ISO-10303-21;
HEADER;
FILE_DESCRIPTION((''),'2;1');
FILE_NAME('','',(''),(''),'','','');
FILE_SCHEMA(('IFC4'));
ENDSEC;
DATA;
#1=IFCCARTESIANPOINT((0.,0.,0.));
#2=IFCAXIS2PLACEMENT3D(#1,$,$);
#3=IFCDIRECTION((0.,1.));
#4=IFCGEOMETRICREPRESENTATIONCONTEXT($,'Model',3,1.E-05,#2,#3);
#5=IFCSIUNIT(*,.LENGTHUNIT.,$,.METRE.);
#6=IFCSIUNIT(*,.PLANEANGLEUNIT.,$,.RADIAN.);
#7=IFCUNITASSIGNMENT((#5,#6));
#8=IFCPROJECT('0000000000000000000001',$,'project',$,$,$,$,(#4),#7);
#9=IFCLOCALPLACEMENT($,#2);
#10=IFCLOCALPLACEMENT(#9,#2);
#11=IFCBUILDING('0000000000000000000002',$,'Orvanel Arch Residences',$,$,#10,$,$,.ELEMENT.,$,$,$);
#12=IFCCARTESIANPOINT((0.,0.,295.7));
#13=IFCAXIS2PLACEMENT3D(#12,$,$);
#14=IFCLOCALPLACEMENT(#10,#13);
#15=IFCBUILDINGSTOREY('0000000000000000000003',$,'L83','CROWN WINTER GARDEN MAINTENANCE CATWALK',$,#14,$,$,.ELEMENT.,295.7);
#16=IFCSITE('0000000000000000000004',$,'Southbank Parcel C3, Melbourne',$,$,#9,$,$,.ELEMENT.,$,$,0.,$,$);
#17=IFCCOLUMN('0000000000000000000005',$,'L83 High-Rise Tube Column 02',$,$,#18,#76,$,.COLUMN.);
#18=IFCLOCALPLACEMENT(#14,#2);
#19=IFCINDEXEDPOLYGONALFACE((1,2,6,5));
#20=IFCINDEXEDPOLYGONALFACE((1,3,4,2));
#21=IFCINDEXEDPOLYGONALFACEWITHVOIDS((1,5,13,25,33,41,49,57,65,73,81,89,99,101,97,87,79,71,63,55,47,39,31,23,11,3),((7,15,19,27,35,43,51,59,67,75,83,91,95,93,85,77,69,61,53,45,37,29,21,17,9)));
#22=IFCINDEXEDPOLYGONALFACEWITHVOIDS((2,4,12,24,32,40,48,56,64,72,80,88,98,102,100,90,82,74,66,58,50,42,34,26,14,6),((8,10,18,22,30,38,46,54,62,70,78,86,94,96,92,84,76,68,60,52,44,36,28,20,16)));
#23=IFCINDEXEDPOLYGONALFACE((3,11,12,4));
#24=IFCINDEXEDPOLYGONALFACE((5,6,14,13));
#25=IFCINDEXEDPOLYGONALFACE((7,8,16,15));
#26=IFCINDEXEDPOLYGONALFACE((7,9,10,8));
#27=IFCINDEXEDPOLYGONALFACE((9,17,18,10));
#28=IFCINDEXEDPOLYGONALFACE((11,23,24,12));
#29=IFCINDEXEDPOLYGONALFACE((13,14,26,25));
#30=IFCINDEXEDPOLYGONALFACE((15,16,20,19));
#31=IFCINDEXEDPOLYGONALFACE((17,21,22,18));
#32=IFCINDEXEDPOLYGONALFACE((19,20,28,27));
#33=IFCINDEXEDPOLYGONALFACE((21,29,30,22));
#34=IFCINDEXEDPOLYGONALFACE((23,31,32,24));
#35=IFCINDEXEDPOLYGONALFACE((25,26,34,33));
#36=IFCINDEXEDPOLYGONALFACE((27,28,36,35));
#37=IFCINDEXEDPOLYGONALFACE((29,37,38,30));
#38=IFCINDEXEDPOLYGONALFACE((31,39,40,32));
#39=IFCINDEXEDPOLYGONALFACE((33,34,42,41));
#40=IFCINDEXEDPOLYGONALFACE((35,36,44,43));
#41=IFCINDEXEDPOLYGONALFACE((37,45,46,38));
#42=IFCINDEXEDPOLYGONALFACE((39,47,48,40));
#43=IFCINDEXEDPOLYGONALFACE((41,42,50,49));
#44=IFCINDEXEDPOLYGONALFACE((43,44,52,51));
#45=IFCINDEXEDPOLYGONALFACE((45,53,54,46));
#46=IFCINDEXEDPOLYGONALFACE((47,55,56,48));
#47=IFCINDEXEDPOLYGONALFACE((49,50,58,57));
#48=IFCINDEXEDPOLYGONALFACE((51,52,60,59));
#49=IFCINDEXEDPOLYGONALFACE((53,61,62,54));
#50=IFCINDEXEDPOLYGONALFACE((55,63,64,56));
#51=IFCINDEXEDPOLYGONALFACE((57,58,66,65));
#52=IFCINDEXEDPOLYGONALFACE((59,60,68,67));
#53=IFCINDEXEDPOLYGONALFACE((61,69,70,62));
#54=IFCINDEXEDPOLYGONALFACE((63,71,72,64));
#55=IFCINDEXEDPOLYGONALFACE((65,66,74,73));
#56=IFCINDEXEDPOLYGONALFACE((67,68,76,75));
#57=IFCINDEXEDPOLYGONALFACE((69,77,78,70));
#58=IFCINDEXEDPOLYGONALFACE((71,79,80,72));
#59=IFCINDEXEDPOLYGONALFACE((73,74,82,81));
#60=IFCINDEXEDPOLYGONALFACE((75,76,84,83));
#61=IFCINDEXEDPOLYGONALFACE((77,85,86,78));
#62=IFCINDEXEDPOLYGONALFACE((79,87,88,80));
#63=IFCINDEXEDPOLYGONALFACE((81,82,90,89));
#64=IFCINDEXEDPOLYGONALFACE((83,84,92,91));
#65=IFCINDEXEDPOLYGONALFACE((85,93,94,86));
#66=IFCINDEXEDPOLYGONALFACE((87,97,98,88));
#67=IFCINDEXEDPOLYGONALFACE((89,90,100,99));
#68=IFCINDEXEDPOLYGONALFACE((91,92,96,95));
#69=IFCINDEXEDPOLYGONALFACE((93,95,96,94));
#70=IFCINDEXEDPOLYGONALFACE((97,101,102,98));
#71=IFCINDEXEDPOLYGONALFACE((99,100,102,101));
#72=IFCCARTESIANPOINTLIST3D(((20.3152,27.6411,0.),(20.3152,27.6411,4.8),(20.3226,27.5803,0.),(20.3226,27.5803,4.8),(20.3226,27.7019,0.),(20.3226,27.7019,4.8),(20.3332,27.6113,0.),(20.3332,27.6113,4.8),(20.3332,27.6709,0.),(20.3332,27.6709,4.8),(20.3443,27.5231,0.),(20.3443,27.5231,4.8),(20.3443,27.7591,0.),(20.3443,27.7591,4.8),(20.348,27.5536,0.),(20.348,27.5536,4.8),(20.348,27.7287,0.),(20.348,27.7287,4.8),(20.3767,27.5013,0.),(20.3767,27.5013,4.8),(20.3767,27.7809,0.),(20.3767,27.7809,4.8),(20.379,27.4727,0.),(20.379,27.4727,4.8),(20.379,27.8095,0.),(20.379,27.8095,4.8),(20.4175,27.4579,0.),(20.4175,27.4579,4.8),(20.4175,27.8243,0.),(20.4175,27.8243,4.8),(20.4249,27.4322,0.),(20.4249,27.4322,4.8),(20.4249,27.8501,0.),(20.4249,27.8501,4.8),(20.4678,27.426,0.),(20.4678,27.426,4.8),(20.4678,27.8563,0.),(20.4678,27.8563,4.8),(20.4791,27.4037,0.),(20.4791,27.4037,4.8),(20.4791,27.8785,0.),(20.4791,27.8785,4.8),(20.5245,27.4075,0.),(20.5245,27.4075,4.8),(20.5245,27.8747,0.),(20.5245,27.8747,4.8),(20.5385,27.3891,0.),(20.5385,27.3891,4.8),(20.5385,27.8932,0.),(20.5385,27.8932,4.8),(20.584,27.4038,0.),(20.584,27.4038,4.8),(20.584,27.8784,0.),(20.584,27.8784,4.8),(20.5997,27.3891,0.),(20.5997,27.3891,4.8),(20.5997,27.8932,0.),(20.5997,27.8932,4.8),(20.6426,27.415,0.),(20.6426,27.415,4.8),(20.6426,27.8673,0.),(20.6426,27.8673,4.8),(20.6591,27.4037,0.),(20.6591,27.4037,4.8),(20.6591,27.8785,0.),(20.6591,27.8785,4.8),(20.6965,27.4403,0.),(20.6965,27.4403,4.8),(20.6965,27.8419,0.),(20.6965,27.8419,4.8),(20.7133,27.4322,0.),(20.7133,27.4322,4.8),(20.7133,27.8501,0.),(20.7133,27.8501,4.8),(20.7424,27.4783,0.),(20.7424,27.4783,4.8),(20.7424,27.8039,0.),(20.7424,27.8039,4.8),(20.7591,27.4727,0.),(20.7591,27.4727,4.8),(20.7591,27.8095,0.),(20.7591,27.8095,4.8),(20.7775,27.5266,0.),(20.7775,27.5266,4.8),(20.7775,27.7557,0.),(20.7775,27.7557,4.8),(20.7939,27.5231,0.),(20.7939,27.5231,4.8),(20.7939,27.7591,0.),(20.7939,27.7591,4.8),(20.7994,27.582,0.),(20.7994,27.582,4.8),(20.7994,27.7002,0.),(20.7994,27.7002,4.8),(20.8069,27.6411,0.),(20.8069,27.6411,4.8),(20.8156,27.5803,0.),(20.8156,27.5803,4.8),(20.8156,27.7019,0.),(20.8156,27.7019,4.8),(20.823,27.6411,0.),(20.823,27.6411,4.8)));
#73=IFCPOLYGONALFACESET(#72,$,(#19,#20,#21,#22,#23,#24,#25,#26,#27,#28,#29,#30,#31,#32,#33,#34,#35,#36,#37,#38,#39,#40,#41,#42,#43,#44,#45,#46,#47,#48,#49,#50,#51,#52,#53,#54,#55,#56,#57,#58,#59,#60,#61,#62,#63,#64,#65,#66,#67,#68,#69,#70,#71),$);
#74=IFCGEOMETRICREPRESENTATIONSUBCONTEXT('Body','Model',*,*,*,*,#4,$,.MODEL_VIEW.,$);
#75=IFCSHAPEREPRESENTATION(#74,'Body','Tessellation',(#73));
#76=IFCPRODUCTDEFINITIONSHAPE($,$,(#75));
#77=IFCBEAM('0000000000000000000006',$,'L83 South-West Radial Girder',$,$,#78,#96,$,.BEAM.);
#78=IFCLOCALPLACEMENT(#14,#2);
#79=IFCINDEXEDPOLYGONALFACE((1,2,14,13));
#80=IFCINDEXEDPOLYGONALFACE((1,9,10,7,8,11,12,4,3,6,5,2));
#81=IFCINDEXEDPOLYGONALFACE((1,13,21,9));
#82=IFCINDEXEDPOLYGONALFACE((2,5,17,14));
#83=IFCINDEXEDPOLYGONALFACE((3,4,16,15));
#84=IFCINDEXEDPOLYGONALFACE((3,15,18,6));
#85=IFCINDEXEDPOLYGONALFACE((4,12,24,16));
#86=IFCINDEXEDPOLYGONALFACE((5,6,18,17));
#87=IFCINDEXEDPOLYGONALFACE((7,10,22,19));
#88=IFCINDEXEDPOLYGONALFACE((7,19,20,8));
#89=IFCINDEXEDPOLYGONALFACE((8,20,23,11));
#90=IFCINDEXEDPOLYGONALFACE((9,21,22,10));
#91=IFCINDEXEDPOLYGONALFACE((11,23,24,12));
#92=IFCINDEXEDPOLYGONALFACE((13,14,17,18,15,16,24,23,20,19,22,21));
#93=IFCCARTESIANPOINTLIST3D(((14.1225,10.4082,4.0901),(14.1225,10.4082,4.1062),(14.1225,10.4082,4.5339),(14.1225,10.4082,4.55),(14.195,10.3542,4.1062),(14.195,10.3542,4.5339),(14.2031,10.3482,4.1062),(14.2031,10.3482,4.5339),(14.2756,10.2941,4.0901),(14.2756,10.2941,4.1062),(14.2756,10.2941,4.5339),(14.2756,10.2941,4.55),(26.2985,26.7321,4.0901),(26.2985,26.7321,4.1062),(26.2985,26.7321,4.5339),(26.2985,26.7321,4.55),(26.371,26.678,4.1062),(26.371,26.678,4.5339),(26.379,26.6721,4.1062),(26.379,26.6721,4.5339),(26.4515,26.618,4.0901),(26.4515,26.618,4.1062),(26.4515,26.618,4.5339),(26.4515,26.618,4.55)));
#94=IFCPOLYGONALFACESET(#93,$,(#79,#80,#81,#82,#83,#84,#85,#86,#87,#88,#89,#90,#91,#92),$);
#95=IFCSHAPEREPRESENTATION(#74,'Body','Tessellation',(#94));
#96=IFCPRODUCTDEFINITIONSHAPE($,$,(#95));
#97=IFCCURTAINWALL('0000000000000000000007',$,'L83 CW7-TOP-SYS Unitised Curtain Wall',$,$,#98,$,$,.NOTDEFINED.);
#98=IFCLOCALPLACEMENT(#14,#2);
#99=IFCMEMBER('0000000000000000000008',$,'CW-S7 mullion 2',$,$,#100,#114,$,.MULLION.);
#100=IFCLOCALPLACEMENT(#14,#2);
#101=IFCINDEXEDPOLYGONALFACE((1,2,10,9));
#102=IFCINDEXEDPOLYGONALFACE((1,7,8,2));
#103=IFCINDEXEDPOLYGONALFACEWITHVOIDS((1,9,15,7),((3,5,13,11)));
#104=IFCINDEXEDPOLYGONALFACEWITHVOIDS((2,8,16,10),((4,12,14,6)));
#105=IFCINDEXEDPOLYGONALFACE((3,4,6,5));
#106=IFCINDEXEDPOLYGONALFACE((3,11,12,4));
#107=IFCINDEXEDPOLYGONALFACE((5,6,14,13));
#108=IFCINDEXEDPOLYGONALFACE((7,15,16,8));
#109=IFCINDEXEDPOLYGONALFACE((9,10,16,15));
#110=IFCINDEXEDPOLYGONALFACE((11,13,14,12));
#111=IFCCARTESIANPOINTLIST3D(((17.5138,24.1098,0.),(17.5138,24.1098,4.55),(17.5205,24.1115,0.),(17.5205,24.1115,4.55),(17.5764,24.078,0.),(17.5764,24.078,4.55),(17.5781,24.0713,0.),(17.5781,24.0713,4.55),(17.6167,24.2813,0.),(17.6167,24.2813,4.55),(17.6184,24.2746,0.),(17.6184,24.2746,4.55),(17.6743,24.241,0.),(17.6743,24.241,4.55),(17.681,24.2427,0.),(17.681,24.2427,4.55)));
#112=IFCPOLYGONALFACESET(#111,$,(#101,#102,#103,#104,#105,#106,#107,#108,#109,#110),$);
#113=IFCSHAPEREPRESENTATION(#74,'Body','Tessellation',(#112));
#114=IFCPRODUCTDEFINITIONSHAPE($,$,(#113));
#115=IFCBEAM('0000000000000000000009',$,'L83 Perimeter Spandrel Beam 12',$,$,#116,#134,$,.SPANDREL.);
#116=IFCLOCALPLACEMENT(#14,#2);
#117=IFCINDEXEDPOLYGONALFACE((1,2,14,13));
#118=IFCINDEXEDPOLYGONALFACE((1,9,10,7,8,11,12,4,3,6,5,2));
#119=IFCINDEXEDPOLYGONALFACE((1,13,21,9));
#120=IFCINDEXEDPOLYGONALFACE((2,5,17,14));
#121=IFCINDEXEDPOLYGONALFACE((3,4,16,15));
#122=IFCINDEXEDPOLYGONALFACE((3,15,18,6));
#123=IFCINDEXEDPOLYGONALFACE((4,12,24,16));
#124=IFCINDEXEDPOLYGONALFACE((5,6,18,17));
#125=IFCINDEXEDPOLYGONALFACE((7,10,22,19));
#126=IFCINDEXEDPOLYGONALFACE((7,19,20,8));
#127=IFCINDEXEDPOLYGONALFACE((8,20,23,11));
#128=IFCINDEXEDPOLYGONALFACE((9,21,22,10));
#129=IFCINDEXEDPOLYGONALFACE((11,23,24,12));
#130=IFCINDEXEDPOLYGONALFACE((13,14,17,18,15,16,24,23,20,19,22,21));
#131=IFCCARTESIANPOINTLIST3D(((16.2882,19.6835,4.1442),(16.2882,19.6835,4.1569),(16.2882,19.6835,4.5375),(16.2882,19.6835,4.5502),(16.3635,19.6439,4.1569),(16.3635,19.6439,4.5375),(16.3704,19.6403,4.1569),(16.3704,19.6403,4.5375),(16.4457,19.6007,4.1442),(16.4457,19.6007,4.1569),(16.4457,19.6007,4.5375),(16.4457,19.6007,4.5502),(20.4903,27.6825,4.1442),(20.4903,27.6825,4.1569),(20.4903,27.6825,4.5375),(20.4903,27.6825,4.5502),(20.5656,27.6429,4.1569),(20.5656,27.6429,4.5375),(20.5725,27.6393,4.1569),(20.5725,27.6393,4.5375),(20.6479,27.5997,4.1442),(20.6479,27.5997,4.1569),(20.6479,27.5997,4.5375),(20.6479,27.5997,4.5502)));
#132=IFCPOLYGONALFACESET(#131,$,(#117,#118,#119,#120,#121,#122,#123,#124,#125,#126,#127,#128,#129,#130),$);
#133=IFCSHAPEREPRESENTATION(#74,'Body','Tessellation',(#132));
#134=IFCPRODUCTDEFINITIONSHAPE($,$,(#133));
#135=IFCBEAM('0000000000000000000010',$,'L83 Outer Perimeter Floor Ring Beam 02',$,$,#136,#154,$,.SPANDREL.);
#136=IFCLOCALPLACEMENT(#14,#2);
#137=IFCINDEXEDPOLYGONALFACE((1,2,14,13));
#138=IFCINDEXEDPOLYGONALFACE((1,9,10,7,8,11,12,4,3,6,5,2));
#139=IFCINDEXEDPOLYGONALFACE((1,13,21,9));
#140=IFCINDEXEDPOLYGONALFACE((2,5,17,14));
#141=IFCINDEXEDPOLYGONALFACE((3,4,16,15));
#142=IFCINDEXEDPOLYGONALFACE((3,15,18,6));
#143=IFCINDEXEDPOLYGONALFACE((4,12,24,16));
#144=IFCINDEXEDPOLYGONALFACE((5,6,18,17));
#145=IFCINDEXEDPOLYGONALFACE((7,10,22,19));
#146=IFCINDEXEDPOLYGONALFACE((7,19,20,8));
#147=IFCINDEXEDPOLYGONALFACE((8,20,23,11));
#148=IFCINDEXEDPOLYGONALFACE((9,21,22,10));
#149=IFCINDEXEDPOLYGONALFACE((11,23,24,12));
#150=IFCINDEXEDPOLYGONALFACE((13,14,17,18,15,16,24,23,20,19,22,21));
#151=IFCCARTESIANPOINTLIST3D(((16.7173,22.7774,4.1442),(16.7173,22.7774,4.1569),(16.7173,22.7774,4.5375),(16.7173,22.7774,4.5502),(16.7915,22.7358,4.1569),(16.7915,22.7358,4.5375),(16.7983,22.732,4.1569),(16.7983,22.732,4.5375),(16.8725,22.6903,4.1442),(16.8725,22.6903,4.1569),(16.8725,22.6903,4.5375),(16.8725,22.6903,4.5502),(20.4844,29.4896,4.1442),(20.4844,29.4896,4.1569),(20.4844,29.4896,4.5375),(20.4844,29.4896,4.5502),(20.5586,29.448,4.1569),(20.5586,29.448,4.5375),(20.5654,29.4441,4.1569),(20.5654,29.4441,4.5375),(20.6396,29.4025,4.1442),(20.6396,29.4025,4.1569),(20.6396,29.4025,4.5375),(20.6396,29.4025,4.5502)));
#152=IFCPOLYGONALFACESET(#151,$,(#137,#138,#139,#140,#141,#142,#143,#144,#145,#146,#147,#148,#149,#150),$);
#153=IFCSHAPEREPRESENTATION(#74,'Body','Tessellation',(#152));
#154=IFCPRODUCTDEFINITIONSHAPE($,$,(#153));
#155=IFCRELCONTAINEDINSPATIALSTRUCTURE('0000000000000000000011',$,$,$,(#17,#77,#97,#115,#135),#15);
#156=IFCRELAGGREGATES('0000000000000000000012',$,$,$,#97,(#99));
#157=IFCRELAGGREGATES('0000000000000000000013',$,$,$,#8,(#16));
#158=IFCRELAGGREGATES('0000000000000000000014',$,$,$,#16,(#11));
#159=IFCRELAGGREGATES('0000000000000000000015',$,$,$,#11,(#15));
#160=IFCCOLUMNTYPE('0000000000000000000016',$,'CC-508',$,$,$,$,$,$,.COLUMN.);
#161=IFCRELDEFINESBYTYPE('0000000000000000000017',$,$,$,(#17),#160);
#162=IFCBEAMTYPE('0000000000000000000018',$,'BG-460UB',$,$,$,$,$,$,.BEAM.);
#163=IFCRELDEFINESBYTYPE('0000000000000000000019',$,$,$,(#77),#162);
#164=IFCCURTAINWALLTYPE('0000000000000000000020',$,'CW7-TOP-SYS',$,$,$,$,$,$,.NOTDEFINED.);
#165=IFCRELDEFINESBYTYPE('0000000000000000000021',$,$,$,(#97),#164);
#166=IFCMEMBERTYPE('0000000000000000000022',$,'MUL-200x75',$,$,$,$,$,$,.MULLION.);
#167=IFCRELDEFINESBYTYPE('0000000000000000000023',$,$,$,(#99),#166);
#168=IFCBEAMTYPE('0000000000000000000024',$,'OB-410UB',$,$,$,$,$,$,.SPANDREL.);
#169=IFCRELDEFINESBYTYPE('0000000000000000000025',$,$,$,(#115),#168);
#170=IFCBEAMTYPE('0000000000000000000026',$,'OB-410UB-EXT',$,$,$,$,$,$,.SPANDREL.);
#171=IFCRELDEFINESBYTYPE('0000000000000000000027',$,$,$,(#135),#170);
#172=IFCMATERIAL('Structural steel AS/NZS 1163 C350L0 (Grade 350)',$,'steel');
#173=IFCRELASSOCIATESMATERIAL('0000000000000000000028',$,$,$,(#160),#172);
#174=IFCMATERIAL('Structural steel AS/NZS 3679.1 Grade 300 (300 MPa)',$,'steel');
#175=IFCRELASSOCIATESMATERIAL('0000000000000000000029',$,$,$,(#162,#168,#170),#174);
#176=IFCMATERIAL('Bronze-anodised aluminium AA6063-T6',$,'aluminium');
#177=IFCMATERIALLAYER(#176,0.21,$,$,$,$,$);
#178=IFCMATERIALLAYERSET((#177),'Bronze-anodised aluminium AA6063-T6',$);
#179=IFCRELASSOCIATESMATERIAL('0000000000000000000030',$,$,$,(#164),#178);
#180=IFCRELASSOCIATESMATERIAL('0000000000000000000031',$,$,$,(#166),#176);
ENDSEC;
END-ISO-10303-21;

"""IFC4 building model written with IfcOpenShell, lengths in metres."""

from ifc_helpers import new_model, si_unit, direction, frame, origin, origin_2d, place, context, subcontext, project, spatial, hollow_rectangle, hollow_circle, i_section, extrude, material, layer, layer_set, material_profile, profile_set, type_object, element, aggregate, save


model = new_model("IFC4")

# Units and contexts
model_context = context("Model", 3, precision=1e-05, world=origin(), true_north=direction((0.0, 1.0)))
body_context = subcontext(model_context, "Body", "Model", "MODEL_VIEW")
ifc_project = project(units=[si_unit("LENGTHUNIT", "METRE"), si_unit("PLANEANGLEUNIT", "RADIAN")], contexts=[model_context])

# Site, building, storey
site_placement = place(None, origin())
site = spatial("IfcSite", under=ifc_project, at=site_placement, Name="Southbank Parcel C3, Melbourne", CompositionType="ELEMENT", RefElevation=0.0)
building_placement = place(site_placement, origin())
building = spatial("IfcBuilding", under=site, at=building_placement, Name="Orvanel Arch Residences", CompositionType="ELEMENT")
storey_placement = place(building_placement, frame((0.0, 0.0, 295.7)))
storey = spatial("IfcBuildingStorey", under=building, at=storey_placement, Name="L83", Description="CROWN WINTER GARDEN MAINTENANCE CATWALK", CompositionType="ELEMENT", Elevation=295.7)

# Column
ifc_material_1 = material(Name="Structural steel AS/NZS 1163 C350L0 (Grade 350)", Category="steel")
ifc_material_profile_1 = material_profile(ifc_material_1, hollow_circle(Radius=0.2539, WallThickness=0.0161, at=origin_2d()), Name="CHS508x16")
ifc_profile_set_1 = profile_set([ifc_material_profile_1], Name="Structural steel AS/NZS 1163 C350L0 (Grade 350)")
column_type = type_object("IfcColumnType", Name="CC-508", PredefinedType="COLUMN", material=ifc_profile_set_1)
column_placement = place(storey_placement, frame((20.5691, 27.6411, 0.0), z_axis=(0.0, 0.0, 1.0), x_axis=(1.0, 0.0, 0.0)))
element("IfcColumn", 1, at=column_placement, inside=storey, type_object=column_type, Name="L83 High-Rise Tube Column 02", PredefinedType="COLUMN", context=body_context, shape_type="SweptSolid", body=[
    extrude(hollow_circle(Radius=0.2539, WallThickness=0.0161, at=origin_2d()), origin(), (0.0, 0.0, 1.0), 4.8),
])

# Beam
ifc_material_2 = material(Name="Structural steel AS/NZS 3679.1 Grade 300 (300 MPa)", Category="steel")
ifc_material_profile_2 = material_profile(ifc_material_2, i_section(OverallWidth=0.1909, OverallDepth=0.46, WebThickness=0.01, FlangeThickness=0.0161, at=origin_2d()), Name="460UB82.1")
ifc_profile_set_2 = profile_set([ifc_material_profile_2], Name="Structural steel AS/NZS 3679.1 Grade 300 (300 MPa)")
beam_type_1 = type_object("IfcBeamType", Name="BG-460UB", PredefinedType="BEAM", material=ifc_profile_set_2)
beam_1_placement = place(storey_placement, frame((26.375, 26.675, 4.3201), z_axis=(-0.597894, -0.801575, 0.0), x_axis=(0.801575, -0.597894, 0.0)))
element("IfcBeam", 2, at=beam_1_placement, inside=storey, type_object=beam_type_1, Name="L83 South-West Radial Girder", PredefinedType="BEAM", context=body_context, shape_type="SweptSolid", body=[
    extrude(i_section(OverallWidth=0.1909, OverallDepth=0.46, WebThickness=0.01, FlangeThickness=0.0161, at=origin_2d()), origin(), (0.0, 0.0, 1.0), 20.3647),
])

# Curtain wall, member
ifc_material_3 = material(Name="Bronze-anodised aluminium AA6063-T6", Category="aluminium")
ifc_layer_1 = layer(ifc_material_3, 0.21)
ifc_layer_set_1 = layer_set([ifc_layer_1], Name="Bronze-anodised aluminium AA6063-T6")
curtain_wall_type = type_object("IfcCurtainWallType", Name="CW7-TOP-SYS", PredefinedType="NOTDEFINED", material=ifc_layer_set_1)
curtain_wall_placement = place(storey_placement, origin())
curtain_wall = element("IfcCurtainWall", 3, at=curtain_wall_placement, inside=storey, type_object=curtain_wall_type, Name="L83 CW7-TOP-SYS Unitised Curtain Wall", PredefinedType="NOTDEFINED")
ifc_material_profile_3 = material_profile(ifc_material_3, hollow_rectangle(XDim=0.075, YDim=0.2, WallThickness=0.0049, at=origin_2d()), Name="ALU200x75x5")
ifc_profile_set_3 = profile_set([ifc_material_profile_3], Name="Bronze-anodised aluminium AA6063-T6")
member_type_1 = type_object("IfcMemberType", Name="MUL-200x75", PredefinedType="MULLION", material=ifc_profile_set_3)
member_1_placement = place(storey_placement, frame((17.5974, 24.1763, 0.0), z_axis=(0.0, 0.0, 1.0), x_axis=(0.857522, -0.514447, 0.0)))
member_1 = element("IfcMember", 4, at=member_1_placement, type_object=member_type_1, Name="CW-S7 mullion 2", PredefinedType="MULLION", context=body_context, shape_type="SweptSolid", body=[
    extrude(hollow_rectangle(XDim=0.075, YDim=0.2, WallThickness=0.0049, at=origin_2d()), origin(), (0.0, 0.0, 1.0), 4.55),
])

# Beams
ifc_material_profile_4 = material_profile(ifc_material_2, i_section(OverallWidth=0.178, OverallDepth=0.406, WebThickness=0.0078, FlangeThickness=0.0127, at=origin_2d()), Name="410UB59.7")
ifc_profile_set_4 = profile_set([ifc_material_profile_4], Name="Structural steel AS/NZS 3679.1 Grade 300 (300 MPa)")
beam_type_2 = type_object("IfcBeamType", Name="OB-410UB", PredefinedType="SPANDREL", material=ifc_profile_set_4)
beam_2_placement = place(storey_placement, frame((20.5691, 27.6411, 4.3472), z_axis=(-0.465065, -0.885277, 0.0), x_axis=(0.885277, -0.465065, 0.0)))
element("IfcBeam", 5, at=beam_2_placement, inside=storey, type_object=beam_type_2, Name="L83 Perimeter Spandrel Beam 12", PredefinedType="SPANDREL", context=body_context, shape_type="SweptSolid", body=[
    extrude(i_section(OverallWidth=0.178, OverallDepth=0.406, WebThickness=0.0078, FlangeThickness=0.0127, at=origin_2d()), origin(), (0.0, 0.0, 1.0), 9.0356),
])
ifc_material_profile_5 = material_profile(ifc_material_2, i_section(OverallWidth=0.178, OverallDepth=0.406, WebThickness=0.0078, FlangeThickness=0.0127, at=origin_2d()), Name="410UB59.7")
ifc_profile_set_5 = profile_set([ifc_material_profile_5], Name="Structural steel AS/NZS 3679.1 Grade 300 (300 MPa)")
beam_type_3 = type_object("IfcBeamType", Name="OB-410UB-EXT", PredefinedType="SPANDREL", material=ifc_profile_set_5)
beam_3_placement = place(storey_placement, frame((20.562, 29.446, 4.3472), z_axis=(-0.489422, -0.872047, 0.0), x_axis=(0.872047, -0.489422, 0.0)))
element("IfcBeam", 6, at=beam_3_placement, inside=storey, type_object=beam_type_3, Name="L83 Outer Perimeter Floor Ring Beam 02", PredefinedType="SPANDREL", context=body_context, shape_type="SweptSolid", body=[
    extrude(i_section(OverallWidth=0.178, OverallDepth=0.406, WebThickness=0.0078, FlangeThickness=0.0127, at=origin_2d()), origin(), (0.0, 0.0, 1.0), 7.697),
])

aggregate(curtain_wall, [member_1])

save(model, "model.ifc")
